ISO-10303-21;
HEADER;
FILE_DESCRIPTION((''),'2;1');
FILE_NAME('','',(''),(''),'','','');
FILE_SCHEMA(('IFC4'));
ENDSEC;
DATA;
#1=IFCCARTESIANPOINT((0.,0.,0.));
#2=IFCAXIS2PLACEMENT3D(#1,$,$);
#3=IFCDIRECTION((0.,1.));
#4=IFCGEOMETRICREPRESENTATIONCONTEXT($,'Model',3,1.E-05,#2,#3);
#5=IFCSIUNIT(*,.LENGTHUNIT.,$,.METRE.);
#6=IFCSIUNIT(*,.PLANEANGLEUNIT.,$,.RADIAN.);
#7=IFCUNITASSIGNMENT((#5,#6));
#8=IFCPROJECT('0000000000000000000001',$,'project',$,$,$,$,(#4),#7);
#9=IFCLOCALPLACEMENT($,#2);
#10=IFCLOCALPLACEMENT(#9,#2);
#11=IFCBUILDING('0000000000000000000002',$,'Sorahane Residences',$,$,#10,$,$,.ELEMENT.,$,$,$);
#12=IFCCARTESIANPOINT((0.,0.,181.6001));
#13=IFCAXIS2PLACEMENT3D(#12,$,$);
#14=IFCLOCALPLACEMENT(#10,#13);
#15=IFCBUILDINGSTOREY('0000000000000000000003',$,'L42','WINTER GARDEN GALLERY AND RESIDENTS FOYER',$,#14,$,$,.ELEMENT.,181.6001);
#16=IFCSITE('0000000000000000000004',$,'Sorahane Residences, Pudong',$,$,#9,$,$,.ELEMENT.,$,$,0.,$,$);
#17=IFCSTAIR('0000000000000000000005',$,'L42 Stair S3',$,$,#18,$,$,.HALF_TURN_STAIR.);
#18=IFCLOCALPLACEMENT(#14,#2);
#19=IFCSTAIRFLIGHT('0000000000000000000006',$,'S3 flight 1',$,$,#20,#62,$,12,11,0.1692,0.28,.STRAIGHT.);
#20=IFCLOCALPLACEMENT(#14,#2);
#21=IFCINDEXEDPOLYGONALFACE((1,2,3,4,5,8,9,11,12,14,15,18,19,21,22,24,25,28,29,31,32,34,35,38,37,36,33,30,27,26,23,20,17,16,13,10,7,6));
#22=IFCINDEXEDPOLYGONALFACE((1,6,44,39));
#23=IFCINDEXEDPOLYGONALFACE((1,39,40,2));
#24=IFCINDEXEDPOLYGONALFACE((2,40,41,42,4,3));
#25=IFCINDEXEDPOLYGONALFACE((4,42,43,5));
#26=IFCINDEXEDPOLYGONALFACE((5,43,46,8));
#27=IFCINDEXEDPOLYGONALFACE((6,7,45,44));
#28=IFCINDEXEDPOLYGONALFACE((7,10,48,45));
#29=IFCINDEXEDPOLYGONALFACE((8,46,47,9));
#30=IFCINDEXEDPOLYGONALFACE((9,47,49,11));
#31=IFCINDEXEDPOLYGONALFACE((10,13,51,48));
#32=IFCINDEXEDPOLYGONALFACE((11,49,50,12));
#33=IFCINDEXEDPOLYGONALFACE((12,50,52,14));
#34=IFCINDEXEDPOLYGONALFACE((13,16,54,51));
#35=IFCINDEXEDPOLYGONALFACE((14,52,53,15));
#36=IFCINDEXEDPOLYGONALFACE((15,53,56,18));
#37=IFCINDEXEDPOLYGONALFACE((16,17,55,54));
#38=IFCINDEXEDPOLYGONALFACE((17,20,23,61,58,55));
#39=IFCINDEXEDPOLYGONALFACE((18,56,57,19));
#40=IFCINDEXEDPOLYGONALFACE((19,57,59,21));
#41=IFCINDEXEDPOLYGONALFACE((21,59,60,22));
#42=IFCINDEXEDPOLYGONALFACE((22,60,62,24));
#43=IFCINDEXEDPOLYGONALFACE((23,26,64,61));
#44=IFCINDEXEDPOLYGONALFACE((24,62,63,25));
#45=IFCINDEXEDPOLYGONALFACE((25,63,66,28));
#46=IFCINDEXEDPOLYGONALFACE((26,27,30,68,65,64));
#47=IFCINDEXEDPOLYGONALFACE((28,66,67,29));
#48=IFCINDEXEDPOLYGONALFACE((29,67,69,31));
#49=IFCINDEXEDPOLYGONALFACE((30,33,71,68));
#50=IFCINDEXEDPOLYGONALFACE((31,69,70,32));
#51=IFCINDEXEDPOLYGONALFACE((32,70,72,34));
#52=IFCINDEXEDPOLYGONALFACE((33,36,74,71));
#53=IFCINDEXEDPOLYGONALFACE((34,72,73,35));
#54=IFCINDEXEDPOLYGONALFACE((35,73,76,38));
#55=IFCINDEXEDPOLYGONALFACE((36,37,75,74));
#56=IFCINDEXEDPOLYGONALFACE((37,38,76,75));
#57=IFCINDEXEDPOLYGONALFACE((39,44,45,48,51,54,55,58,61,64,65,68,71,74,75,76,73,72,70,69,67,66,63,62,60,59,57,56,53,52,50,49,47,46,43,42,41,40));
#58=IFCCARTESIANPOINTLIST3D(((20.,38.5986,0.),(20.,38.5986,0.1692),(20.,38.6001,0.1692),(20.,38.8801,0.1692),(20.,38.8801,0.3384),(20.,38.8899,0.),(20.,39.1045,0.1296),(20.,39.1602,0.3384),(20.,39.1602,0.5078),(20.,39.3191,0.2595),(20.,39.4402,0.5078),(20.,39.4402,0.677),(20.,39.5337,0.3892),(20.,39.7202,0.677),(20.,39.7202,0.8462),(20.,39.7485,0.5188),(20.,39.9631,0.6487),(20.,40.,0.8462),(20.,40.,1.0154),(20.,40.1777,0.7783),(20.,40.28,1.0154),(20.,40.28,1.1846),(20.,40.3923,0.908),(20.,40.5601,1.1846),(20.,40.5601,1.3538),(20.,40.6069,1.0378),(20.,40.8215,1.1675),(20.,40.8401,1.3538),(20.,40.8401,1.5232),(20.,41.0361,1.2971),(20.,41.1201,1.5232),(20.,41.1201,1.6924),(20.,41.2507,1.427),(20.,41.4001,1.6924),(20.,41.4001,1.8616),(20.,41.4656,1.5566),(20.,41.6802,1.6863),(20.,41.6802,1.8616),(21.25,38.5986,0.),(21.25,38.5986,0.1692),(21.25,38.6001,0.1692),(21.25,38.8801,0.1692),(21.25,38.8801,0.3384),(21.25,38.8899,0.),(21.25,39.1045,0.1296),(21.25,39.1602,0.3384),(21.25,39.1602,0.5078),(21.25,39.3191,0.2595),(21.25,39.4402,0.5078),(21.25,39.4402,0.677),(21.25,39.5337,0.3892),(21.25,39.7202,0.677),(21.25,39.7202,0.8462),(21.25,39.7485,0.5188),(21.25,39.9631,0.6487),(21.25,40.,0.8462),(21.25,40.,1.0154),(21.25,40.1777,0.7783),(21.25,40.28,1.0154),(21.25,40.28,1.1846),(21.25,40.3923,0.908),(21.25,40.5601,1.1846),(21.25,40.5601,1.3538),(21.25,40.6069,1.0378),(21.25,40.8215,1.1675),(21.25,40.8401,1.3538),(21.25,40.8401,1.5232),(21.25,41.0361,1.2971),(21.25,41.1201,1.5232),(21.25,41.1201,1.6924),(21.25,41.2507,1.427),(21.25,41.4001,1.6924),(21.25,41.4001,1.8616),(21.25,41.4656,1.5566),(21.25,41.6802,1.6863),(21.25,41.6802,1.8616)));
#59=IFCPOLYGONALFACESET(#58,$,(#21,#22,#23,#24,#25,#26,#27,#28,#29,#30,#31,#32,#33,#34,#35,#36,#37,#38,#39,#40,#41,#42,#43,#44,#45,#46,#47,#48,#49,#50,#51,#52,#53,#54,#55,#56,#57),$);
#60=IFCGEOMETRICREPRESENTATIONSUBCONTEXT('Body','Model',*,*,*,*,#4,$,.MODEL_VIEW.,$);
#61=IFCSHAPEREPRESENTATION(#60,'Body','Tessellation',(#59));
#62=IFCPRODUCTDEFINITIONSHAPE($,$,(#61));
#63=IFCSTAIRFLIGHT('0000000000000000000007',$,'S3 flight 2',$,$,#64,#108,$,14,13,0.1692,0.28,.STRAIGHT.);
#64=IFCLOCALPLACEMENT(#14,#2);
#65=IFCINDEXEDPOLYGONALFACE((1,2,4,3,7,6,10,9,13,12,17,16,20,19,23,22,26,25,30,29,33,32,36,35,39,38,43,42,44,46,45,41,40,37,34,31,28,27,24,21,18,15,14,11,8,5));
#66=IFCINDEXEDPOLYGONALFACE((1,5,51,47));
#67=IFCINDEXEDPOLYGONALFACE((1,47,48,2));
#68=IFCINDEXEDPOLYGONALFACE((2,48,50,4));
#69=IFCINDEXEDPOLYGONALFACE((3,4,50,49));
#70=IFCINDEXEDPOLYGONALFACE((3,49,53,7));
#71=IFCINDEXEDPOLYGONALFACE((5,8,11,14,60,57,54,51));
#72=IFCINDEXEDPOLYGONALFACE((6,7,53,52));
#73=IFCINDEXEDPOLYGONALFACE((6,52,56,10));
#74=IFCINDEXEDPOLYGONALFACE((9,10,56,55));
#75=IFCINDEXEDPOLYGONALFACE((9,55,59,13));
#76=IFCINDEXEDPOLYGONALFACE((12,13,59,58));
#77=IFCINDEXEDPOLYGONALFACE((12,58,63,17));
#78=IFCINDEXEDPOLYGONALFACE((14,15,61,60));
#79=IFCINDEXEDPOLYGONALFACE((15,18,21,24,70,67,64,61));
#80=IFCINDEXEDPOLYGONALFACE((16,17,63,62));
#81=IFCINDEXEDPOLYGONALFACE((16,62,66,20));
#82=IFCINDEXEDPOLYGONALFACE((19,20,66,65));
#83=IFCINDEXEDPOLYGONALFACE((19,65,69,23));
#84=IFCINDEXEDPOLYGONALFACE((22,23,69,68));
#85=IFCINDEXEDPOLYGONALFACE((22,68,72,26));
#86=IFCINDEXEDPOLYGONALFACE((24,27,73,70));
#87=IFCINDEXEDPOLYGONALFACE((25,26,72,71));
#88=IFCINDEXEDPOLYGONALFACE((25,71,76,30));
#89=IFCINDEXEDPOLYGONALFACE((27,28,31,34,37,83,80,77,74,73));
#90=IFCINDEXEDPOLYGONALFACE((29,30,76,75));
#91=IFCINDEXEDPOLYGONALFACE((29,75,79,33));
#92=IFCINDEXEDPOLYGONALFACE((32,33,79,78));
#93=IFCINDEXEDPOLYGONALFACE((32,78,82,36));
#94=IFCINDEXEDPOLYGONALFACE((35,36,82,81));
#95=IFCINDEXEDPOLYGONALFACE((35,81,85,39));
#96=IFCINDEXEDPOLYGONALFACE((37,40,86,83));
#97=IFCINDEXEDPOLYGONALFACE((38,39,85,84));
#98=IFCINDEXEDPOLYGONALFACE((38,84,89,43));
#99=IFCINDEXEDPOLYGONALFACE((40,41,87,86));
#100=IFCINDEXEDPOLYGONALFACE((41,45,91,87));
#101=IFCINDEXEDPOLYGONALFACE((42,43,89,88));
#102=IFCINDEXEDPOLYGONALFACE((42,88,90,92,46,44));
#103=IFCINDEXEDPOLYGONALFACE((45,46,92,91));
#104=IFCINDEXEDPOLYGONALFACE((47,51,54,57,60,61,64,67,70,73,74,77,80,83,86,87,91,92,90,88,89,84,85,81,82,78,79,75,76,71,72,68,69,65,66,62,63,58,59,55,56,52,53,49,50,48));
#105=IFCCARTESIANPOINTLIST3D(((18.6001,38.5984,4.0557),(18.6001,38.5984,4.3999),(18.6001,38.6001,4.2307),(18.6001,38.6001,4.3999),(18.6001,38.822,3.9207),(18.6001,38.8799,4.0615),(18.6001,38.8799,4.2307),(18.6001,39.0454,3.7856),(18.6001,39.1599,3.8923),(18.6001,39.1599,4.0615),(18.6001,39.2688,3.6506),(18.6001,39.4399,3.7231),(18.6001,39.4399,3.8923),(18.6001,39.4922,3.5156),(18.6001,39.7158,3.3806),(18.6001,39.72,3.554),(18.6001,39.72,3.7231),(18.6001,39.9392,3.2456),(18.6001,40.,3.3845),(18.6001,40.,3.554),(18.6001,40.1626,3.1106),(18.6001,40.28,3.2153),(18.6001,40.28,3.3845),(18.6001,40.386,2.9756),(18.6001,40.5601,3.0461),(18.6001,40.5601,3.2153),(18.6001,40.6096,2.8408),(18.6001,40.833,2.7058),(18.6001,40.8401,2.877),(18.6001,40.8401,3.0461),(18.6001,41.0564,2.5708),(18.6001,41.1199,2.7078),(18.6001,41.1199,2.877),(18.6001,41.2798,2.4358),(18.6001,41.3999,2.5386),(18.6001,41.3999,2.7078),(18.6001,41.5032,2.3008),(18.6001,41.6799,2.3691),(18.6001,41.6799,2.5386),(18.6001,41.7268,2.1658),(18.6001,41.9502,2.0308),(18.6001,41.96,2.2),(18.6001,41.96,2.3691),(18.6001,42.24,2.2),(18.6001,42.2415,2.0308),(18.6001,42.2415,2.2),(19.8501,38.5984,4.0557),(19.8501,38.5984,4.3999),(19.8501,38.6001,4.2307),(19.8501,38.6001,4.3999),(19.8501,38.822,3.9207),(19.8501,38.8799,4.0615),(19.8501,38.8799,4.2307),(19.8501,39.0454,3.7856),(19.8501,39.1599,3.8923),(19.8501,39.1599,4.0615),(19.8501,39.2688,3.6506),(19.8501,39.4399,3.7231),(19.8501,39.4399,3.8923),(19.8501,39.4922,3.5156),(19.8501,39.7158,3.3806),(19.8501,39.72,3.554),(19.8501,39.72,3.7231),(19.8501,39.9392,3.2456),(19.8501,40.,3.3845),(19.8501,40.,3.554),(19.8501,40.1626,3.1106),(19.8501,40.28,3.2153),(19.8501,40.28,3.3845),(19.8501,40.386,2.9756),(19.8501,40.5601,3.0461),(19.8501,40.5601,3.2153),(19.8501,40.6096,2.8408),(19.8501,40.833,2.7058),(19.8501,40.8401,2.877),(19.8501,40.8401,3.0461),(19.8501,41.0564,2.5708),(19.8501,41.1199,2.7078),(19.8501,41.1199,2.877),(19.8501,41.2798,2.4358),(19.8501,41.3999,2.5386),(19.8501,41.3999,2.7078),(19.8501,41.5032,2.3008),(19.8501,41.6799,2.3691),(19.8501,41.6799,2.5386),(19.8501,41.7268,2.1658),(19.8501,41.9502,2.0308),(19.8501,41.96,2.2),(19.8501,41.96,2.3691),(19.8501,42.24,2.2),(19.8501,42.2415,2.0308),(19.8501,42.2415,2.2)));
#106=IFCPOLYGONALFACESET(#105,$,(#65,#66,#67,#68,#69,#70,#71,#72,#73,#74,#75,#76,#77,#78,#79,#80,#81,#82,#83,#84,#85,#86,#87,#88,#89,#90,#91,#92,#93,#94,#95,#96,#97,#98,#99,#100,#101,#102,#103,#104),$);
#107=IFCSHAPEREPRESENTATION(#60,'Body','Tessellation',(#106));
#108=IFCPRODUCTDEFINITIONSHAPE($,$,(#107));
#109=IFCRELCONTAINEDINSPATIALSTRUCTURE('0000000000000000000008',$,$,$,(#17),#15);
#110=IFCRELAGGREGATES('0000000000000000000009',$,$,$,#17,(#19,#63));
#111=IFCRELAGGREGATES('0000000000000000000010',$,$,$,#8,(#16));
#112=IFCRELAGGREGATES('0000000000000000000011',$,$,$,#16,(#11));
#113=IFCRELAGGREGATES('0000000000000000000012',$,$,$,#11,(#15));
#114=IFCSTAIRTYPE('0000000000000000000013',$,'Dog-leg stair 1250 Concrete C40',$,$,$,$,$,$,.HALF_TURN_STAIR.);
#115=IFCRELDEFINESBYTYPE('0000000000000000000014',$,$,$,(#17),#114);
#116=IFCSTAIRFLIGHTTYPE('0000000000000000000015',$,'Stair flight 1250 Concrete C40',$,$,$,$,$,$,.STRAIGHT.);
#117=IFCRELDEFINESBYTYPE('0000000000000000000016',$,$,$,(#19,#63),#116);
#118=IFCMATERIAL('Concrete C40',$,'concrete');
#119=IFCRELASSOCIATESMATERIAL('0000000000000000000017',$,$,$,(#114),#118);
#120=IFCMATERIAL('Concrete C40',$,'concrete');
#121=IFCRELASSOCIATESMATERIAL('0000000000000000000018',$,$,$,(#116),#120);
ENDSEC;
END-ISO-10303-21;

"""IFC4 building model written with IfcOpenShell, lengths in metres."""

from ifc_helpers import new_model, si_unit, direction, frame, origin, place, context, subcontext, project, spatial, polyline, outline, extrude, material, type_object, element, aggregate, save


model = new_model("IFC4")

# Units and contexts
model_context = context("Model", 3, precision=1e-05, world=origin(), true_north=direction((0.0, 1.0)))
body_context = subcontext(model_context, "Body", "Model", "MODEL_VIEW")
ifc_project = project(units=[si_unit("LENGTHUNIT", "METRE"), si_unit("PLANEANGLEUNIT", "RADIAN")], contexts=[model_context])

# Site, building, storey
site_placement = place(None, origin())
site = spatial("IfcSite", under=ifc_project, at=site_placement, Name="Sorahane Residences, Pudong", CompositionType="ELEMENT", RefElevation=0.0)
building_placement = place(site_placement, origin())
building = spatial("IfcBuilding", under=site, at=building_placement, Name="Sorahane Residences", CompositionType="ELEMENT")
storey_placement = place(building_placement, frame((0.0, 0.0, 181.6001)))
storey = spatial("IfcBuildingStorey", under=building, at=storey_placement, Name="L42", Description="WINTER GARDEN GALLERY AND RESIDENTS FOYER", CompositionType="ELEMENT", Elevation=181.6001)

# Shared definitions
ifc_material_1 = material(Name="Concrete C40", Category="concrete")
stair_type = type_object("IfcStairType", Name="Dog-leg stair 1250 Concrete C40", PredefinedType="HALF_TURN_STAIR", material=ifc_material_1)
ifc_material_2 = material(Name="Concrete C40", Category="concrete")
stair_flight_type = type_object("IfcStairFlightType", Name="Stair flight 1250 Concrete C40", PredefinedType="STRAIGHT", material=ifc_material_2)

# Stair, stair flights
stair_1_placement = place(storey_placement, origin())
stair_1 = element("IfcStair", 1, at=stair_1_placement, inside=storey, type_object=stair_type, Name="L42 Stair S3", PredefinedType="HALF_TURN_STAIR")
stair_flight_1_placement = place(storey_placement, frame((20.625, 38.6001, 0.0), z_axis=(0.0, 0.0, 1.0), x_axis=(0.0, 1.0, 0.0)))
stair_flight_1 = element("IfcStairFlight", 2, at=stair_flight_1_placement, type_object=stair_flight_type, Name="S3 flight 1", NumberOfRisers=12, NumberOfTreads=11, PredefinedType="STRAIGHT", RiserHeight=0.1692, TreadLength=0.28, context=body_context, shape_type="SweptSolid", body=[
    extrude(outline(polyline([(-0.0015, 0.0), (-0.0015, 0.1692), (0.0, 0.1692), (0.28, 0.1692), (0.28, 0.3384), (0.5601, 0.3384), (0.5601, 0.5078), (0.8401, 0.5078), (0.8401, 0.677), (1.1201, 0.677), (1.1201, 0.8462), (1.3999, 0.8462), (1.3999, 1.0154), (1.6799, 1.0154), (1.6799, 1.1846), (1.96, 1.1846), (1.96, 1.3538), (2.24, 1.3538), (2.24, 1.5232), (2.52, 1.5232), (2.52, 1.6924), (2.8, 1.6924), (2.8, 1.8616), (3.0801, 1.8616), (3.0801, 2.0308), (3.0801, 1.6863), (2.8655, 1.5566), (2.6506, 1.427), (2.436, 1.2971), (2.2214, 1.1675), (2.0068, 1.0378), (1.7922, 0.908), (1.5776, 0.7783), (1.363, 0.6487), (1.1484, 0.5188), (0.9336, 0.3892), (0.719, 0.2595), (0.5044, 0.1296), (0.2898, 0.0), (-0.0015, 0.0)])), frame((0.0, 0.625, 0.0), z_axis=(0.0, -1.0, 0.0), x_axis=(1.0, 0.0, 0.0)), (0.0, 0.0, 1.0), 1.25),
])
stair_flight_2_placement = place(storey_placement, frame((19.2251, 42.24, 2.0308), z_axis=(0.0, 0.0, 1.0), x_axis=(0.0, -1.0, 0.0)))
stair_flight_2 = element("IfcStairFlight", 3, at=stair_flight_2_placement, type_object=stair_flight_type, Name="S3 flight 2", NumberOfRisers=14, NumberOfTreads=13, PredefinedType="STRAIGHT", RiserHeight=0.1692, TreadLength=0.28, context=body_context, shape_type="SweptSolid", body=[
    extrude(outline(polyline([(-0.0015, 0.0), (-0.0015, 0.1692), (0.0, 0.1692), (0.28, 0.1692), (0.28, 0.3384), (0.5601, 0.3384), (0.5601, 0.5078), (0.8401, 0.5078), (0.8401, 0.677), (1.1201, 0.677), (1.1201, 0.8462), (1.3999, 0.8462), (1.3999, 1.0154), (1.6799, 1.0154), (1.6799, 1.1846), (1.96, 1.1846), (1.96, 1.3538), (2.24, 1.3538), (2.24, 1.5232), (2.52, 1.5232), (2.52, 1.6924), (2.8, 1.6924), (2.8, 1.8616), (3.0801, 1.8616), (3.0801, 2.0308), (3.3601, 2.0308), (3.3601, 2.2), (3.6399, 2.2), (3.6399, 2.3691), (3.6416, 2.3691), (3.6416, 2.0249), (3.418, 1.8899), (3.1946, 1.7549), (2.9712, 1.6199), (2.7478, 1.4849), (2.5242, 1.3499), (2.3008, 1.2148), (2.0774, 1.0798), (1.854, 0.9448), (1.6304, 0.8101), (1.407, 0.675), (1.1836, 0.54), (0.9602, 0.405), (0.7368, 0.27), (0.5132, 0.135), (0.2898, 0.0), (-0.0015, 0.0)])), frame((0.0, 0.625, 0.0), z_axis=(0.0, -1.0, 0.0), x_axis=(1.0, 0.0, 0.0)), (0.0, 0.0, 1.0), 1.25),
])
aggregate(stair_1, [stair_flight_1, stair_flight_2])

save(model, "model.ifc")
